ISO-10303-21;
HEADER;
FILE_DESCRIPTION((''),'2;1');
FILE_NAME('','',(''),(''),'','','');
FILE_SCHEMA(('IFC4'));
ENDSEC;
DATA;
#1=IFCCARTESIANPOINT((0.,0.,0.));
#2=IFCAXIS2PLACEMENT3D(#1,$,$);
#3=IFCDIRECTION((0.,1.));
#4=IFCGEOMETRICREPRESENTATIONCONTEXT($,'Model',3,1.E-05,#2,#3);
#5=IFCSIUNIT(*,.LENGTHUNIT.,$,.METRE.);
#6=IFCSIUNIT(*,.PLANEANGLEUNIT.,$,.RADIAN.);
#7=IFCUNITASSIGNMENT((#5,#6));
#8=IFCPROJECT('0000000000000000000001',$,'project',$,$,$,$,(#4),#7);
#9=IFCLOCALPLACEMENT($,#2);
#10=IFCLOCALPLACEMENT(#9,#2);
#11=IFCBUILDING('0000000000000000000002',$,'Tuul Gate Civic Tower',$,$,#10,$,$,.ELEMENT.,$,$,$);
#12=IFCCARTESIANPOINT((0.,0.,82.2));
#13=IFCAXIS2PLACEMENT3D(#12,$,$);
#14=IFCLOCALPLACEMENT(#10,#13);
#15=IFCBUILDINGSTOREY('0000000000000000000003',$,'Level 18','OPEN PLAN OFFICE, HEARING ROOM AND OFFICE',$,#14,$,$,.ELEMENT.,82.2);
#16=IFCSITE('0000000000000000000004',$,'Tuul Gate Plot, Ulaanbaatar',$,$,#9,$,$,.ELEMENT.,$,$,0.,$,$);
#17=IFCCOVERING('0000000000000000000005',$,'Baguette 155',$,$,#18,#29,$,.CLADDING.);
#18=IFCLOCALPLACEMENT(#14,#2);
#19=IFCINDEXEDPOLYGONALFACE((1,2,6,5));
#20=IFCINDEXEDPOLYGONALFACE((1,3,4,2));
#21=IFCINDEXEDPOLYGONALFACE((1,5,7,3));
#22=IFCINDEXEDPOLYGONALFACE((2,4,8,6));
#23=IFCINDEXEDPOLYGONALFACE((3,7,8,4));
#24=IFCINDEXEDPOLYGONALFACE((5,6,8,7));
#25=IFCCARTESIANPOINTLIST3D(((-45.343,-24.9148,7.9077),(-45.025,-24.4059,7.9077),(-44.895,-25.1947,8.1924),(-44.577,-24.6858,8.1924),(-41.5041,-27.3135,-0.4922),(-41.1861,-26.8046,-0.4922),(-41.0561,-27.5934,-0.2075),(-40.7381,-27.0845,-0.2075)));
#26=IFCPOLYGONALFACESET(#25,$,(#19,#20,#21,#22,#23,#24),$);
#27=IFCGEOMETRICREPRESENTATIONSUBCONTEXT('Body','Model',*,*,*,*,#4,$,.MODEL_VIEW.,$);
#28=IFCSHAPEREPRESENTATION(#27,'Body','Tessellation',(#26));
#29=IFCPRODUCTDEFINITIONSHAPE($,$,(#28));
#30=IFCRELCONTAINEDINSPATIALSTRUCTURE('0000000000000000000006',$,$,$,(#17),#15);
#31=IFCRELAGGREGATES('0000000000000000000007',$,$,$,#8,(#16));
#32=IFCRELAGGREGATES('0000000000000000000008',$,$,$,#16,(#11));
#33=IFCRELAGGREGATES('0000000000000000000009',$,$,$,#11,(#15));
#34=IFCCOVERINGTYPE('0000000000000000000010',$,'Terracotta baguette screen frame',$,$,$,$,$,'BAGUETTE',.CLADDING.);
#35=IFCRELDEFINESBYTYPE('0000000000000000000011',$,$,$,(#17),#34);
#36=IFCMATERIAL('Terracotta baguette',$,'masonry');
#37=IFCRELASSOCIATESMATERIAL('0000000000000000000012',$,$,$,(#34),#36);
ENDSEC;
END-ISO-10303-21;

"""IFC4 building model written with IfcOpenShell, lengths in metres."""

from ifc_helpers import new_model, si_unit, direction, frame, origin, origin_2d, place, context, subcontext, project, spatial, rectangle, extrude, material, material_profile, profile_set, type_object, element, save


model = new_model("IFC4")

# Units and contexts
model_context = context("Model", 3, precision=1e-05, world=origin(), true_north=direction((0.0, 1.0)))
body_context = subcontext(model_context, "Body", "Model", "MODEL_VIEW")
ifc_project = project(units=[si_unit("LENGTHUNIT", "METRE"), si_unit("PLANEANGLEUNIT", "RADIAN")], contexts=[model_context])

# Site, building, storey
site_placement = place(None, origin())
site = spatial("IfcSite", under=ifc_project, at=site_placement, Name="Tuul Gate Plot, Ulaanbaatar", CompositionType="ELEMENT", RefElevation=0.0)
building_placement = place(site_placement, origin())
building = spatial("IfcBuilding", under=site, at=building_placement, Name="Tuul Gate Civic Tower", CompositionType="ELEMENT")
storey_placement = place(building_placement, frame((0.0, 0.0, 82.2)))
storey = spatial("IfcBuildingStorey", under=building, at=storey_placement, Name="Level 18", Description="OPEN PLAN OFFICE, HEARING ROOM AND OFFICE", CompositionType="ELEMENT", Elevation=82.2)

# Covering
ifc_material_1 = material(Name="Terracotta baguette", Category="masonry")
ifc_material_profile_1 = material_profile(ifc_material_1, rectangle(XDim=0.6001, YDim=0.6001, at=origin_2d()), Name="Terracotta baguette screen frame")
ifc_profile_set_1 = profile_set([ifc_material_profile_1], Name="Terracotta baguette")
covering_type = type_object("IfcCoveringType", Name="Terracotta baguette screen frame", ElementType="BAGUETTE", PredefinedType="CLADDING", material=ifc_profile_set_1)
for number, where, z_axis, x_axis, name in (
    (1, (-44.96, -24.8003, 8.05), (0.402314, -0.251383, -0.880312), (0.529902, 0.848059, 0.0), "Baguette 155"),
):
    element("IfcCovering", number, at=place(storey_placement, frame(where, z_axis=z_axis, x_axis=x_axis)), inside=storey, type_object=covering_type, Name=name, PredefinedType="CLADDING", context=body_context, shape_type="SweptSolid", body=[
        extrude(rectangle(XDim=0.6001, YDim=0.6001, at=origin_2d()), origin(), (0.0, 0.0, 1.0), 9.542),
    ])

save(model, "model.ifc")
